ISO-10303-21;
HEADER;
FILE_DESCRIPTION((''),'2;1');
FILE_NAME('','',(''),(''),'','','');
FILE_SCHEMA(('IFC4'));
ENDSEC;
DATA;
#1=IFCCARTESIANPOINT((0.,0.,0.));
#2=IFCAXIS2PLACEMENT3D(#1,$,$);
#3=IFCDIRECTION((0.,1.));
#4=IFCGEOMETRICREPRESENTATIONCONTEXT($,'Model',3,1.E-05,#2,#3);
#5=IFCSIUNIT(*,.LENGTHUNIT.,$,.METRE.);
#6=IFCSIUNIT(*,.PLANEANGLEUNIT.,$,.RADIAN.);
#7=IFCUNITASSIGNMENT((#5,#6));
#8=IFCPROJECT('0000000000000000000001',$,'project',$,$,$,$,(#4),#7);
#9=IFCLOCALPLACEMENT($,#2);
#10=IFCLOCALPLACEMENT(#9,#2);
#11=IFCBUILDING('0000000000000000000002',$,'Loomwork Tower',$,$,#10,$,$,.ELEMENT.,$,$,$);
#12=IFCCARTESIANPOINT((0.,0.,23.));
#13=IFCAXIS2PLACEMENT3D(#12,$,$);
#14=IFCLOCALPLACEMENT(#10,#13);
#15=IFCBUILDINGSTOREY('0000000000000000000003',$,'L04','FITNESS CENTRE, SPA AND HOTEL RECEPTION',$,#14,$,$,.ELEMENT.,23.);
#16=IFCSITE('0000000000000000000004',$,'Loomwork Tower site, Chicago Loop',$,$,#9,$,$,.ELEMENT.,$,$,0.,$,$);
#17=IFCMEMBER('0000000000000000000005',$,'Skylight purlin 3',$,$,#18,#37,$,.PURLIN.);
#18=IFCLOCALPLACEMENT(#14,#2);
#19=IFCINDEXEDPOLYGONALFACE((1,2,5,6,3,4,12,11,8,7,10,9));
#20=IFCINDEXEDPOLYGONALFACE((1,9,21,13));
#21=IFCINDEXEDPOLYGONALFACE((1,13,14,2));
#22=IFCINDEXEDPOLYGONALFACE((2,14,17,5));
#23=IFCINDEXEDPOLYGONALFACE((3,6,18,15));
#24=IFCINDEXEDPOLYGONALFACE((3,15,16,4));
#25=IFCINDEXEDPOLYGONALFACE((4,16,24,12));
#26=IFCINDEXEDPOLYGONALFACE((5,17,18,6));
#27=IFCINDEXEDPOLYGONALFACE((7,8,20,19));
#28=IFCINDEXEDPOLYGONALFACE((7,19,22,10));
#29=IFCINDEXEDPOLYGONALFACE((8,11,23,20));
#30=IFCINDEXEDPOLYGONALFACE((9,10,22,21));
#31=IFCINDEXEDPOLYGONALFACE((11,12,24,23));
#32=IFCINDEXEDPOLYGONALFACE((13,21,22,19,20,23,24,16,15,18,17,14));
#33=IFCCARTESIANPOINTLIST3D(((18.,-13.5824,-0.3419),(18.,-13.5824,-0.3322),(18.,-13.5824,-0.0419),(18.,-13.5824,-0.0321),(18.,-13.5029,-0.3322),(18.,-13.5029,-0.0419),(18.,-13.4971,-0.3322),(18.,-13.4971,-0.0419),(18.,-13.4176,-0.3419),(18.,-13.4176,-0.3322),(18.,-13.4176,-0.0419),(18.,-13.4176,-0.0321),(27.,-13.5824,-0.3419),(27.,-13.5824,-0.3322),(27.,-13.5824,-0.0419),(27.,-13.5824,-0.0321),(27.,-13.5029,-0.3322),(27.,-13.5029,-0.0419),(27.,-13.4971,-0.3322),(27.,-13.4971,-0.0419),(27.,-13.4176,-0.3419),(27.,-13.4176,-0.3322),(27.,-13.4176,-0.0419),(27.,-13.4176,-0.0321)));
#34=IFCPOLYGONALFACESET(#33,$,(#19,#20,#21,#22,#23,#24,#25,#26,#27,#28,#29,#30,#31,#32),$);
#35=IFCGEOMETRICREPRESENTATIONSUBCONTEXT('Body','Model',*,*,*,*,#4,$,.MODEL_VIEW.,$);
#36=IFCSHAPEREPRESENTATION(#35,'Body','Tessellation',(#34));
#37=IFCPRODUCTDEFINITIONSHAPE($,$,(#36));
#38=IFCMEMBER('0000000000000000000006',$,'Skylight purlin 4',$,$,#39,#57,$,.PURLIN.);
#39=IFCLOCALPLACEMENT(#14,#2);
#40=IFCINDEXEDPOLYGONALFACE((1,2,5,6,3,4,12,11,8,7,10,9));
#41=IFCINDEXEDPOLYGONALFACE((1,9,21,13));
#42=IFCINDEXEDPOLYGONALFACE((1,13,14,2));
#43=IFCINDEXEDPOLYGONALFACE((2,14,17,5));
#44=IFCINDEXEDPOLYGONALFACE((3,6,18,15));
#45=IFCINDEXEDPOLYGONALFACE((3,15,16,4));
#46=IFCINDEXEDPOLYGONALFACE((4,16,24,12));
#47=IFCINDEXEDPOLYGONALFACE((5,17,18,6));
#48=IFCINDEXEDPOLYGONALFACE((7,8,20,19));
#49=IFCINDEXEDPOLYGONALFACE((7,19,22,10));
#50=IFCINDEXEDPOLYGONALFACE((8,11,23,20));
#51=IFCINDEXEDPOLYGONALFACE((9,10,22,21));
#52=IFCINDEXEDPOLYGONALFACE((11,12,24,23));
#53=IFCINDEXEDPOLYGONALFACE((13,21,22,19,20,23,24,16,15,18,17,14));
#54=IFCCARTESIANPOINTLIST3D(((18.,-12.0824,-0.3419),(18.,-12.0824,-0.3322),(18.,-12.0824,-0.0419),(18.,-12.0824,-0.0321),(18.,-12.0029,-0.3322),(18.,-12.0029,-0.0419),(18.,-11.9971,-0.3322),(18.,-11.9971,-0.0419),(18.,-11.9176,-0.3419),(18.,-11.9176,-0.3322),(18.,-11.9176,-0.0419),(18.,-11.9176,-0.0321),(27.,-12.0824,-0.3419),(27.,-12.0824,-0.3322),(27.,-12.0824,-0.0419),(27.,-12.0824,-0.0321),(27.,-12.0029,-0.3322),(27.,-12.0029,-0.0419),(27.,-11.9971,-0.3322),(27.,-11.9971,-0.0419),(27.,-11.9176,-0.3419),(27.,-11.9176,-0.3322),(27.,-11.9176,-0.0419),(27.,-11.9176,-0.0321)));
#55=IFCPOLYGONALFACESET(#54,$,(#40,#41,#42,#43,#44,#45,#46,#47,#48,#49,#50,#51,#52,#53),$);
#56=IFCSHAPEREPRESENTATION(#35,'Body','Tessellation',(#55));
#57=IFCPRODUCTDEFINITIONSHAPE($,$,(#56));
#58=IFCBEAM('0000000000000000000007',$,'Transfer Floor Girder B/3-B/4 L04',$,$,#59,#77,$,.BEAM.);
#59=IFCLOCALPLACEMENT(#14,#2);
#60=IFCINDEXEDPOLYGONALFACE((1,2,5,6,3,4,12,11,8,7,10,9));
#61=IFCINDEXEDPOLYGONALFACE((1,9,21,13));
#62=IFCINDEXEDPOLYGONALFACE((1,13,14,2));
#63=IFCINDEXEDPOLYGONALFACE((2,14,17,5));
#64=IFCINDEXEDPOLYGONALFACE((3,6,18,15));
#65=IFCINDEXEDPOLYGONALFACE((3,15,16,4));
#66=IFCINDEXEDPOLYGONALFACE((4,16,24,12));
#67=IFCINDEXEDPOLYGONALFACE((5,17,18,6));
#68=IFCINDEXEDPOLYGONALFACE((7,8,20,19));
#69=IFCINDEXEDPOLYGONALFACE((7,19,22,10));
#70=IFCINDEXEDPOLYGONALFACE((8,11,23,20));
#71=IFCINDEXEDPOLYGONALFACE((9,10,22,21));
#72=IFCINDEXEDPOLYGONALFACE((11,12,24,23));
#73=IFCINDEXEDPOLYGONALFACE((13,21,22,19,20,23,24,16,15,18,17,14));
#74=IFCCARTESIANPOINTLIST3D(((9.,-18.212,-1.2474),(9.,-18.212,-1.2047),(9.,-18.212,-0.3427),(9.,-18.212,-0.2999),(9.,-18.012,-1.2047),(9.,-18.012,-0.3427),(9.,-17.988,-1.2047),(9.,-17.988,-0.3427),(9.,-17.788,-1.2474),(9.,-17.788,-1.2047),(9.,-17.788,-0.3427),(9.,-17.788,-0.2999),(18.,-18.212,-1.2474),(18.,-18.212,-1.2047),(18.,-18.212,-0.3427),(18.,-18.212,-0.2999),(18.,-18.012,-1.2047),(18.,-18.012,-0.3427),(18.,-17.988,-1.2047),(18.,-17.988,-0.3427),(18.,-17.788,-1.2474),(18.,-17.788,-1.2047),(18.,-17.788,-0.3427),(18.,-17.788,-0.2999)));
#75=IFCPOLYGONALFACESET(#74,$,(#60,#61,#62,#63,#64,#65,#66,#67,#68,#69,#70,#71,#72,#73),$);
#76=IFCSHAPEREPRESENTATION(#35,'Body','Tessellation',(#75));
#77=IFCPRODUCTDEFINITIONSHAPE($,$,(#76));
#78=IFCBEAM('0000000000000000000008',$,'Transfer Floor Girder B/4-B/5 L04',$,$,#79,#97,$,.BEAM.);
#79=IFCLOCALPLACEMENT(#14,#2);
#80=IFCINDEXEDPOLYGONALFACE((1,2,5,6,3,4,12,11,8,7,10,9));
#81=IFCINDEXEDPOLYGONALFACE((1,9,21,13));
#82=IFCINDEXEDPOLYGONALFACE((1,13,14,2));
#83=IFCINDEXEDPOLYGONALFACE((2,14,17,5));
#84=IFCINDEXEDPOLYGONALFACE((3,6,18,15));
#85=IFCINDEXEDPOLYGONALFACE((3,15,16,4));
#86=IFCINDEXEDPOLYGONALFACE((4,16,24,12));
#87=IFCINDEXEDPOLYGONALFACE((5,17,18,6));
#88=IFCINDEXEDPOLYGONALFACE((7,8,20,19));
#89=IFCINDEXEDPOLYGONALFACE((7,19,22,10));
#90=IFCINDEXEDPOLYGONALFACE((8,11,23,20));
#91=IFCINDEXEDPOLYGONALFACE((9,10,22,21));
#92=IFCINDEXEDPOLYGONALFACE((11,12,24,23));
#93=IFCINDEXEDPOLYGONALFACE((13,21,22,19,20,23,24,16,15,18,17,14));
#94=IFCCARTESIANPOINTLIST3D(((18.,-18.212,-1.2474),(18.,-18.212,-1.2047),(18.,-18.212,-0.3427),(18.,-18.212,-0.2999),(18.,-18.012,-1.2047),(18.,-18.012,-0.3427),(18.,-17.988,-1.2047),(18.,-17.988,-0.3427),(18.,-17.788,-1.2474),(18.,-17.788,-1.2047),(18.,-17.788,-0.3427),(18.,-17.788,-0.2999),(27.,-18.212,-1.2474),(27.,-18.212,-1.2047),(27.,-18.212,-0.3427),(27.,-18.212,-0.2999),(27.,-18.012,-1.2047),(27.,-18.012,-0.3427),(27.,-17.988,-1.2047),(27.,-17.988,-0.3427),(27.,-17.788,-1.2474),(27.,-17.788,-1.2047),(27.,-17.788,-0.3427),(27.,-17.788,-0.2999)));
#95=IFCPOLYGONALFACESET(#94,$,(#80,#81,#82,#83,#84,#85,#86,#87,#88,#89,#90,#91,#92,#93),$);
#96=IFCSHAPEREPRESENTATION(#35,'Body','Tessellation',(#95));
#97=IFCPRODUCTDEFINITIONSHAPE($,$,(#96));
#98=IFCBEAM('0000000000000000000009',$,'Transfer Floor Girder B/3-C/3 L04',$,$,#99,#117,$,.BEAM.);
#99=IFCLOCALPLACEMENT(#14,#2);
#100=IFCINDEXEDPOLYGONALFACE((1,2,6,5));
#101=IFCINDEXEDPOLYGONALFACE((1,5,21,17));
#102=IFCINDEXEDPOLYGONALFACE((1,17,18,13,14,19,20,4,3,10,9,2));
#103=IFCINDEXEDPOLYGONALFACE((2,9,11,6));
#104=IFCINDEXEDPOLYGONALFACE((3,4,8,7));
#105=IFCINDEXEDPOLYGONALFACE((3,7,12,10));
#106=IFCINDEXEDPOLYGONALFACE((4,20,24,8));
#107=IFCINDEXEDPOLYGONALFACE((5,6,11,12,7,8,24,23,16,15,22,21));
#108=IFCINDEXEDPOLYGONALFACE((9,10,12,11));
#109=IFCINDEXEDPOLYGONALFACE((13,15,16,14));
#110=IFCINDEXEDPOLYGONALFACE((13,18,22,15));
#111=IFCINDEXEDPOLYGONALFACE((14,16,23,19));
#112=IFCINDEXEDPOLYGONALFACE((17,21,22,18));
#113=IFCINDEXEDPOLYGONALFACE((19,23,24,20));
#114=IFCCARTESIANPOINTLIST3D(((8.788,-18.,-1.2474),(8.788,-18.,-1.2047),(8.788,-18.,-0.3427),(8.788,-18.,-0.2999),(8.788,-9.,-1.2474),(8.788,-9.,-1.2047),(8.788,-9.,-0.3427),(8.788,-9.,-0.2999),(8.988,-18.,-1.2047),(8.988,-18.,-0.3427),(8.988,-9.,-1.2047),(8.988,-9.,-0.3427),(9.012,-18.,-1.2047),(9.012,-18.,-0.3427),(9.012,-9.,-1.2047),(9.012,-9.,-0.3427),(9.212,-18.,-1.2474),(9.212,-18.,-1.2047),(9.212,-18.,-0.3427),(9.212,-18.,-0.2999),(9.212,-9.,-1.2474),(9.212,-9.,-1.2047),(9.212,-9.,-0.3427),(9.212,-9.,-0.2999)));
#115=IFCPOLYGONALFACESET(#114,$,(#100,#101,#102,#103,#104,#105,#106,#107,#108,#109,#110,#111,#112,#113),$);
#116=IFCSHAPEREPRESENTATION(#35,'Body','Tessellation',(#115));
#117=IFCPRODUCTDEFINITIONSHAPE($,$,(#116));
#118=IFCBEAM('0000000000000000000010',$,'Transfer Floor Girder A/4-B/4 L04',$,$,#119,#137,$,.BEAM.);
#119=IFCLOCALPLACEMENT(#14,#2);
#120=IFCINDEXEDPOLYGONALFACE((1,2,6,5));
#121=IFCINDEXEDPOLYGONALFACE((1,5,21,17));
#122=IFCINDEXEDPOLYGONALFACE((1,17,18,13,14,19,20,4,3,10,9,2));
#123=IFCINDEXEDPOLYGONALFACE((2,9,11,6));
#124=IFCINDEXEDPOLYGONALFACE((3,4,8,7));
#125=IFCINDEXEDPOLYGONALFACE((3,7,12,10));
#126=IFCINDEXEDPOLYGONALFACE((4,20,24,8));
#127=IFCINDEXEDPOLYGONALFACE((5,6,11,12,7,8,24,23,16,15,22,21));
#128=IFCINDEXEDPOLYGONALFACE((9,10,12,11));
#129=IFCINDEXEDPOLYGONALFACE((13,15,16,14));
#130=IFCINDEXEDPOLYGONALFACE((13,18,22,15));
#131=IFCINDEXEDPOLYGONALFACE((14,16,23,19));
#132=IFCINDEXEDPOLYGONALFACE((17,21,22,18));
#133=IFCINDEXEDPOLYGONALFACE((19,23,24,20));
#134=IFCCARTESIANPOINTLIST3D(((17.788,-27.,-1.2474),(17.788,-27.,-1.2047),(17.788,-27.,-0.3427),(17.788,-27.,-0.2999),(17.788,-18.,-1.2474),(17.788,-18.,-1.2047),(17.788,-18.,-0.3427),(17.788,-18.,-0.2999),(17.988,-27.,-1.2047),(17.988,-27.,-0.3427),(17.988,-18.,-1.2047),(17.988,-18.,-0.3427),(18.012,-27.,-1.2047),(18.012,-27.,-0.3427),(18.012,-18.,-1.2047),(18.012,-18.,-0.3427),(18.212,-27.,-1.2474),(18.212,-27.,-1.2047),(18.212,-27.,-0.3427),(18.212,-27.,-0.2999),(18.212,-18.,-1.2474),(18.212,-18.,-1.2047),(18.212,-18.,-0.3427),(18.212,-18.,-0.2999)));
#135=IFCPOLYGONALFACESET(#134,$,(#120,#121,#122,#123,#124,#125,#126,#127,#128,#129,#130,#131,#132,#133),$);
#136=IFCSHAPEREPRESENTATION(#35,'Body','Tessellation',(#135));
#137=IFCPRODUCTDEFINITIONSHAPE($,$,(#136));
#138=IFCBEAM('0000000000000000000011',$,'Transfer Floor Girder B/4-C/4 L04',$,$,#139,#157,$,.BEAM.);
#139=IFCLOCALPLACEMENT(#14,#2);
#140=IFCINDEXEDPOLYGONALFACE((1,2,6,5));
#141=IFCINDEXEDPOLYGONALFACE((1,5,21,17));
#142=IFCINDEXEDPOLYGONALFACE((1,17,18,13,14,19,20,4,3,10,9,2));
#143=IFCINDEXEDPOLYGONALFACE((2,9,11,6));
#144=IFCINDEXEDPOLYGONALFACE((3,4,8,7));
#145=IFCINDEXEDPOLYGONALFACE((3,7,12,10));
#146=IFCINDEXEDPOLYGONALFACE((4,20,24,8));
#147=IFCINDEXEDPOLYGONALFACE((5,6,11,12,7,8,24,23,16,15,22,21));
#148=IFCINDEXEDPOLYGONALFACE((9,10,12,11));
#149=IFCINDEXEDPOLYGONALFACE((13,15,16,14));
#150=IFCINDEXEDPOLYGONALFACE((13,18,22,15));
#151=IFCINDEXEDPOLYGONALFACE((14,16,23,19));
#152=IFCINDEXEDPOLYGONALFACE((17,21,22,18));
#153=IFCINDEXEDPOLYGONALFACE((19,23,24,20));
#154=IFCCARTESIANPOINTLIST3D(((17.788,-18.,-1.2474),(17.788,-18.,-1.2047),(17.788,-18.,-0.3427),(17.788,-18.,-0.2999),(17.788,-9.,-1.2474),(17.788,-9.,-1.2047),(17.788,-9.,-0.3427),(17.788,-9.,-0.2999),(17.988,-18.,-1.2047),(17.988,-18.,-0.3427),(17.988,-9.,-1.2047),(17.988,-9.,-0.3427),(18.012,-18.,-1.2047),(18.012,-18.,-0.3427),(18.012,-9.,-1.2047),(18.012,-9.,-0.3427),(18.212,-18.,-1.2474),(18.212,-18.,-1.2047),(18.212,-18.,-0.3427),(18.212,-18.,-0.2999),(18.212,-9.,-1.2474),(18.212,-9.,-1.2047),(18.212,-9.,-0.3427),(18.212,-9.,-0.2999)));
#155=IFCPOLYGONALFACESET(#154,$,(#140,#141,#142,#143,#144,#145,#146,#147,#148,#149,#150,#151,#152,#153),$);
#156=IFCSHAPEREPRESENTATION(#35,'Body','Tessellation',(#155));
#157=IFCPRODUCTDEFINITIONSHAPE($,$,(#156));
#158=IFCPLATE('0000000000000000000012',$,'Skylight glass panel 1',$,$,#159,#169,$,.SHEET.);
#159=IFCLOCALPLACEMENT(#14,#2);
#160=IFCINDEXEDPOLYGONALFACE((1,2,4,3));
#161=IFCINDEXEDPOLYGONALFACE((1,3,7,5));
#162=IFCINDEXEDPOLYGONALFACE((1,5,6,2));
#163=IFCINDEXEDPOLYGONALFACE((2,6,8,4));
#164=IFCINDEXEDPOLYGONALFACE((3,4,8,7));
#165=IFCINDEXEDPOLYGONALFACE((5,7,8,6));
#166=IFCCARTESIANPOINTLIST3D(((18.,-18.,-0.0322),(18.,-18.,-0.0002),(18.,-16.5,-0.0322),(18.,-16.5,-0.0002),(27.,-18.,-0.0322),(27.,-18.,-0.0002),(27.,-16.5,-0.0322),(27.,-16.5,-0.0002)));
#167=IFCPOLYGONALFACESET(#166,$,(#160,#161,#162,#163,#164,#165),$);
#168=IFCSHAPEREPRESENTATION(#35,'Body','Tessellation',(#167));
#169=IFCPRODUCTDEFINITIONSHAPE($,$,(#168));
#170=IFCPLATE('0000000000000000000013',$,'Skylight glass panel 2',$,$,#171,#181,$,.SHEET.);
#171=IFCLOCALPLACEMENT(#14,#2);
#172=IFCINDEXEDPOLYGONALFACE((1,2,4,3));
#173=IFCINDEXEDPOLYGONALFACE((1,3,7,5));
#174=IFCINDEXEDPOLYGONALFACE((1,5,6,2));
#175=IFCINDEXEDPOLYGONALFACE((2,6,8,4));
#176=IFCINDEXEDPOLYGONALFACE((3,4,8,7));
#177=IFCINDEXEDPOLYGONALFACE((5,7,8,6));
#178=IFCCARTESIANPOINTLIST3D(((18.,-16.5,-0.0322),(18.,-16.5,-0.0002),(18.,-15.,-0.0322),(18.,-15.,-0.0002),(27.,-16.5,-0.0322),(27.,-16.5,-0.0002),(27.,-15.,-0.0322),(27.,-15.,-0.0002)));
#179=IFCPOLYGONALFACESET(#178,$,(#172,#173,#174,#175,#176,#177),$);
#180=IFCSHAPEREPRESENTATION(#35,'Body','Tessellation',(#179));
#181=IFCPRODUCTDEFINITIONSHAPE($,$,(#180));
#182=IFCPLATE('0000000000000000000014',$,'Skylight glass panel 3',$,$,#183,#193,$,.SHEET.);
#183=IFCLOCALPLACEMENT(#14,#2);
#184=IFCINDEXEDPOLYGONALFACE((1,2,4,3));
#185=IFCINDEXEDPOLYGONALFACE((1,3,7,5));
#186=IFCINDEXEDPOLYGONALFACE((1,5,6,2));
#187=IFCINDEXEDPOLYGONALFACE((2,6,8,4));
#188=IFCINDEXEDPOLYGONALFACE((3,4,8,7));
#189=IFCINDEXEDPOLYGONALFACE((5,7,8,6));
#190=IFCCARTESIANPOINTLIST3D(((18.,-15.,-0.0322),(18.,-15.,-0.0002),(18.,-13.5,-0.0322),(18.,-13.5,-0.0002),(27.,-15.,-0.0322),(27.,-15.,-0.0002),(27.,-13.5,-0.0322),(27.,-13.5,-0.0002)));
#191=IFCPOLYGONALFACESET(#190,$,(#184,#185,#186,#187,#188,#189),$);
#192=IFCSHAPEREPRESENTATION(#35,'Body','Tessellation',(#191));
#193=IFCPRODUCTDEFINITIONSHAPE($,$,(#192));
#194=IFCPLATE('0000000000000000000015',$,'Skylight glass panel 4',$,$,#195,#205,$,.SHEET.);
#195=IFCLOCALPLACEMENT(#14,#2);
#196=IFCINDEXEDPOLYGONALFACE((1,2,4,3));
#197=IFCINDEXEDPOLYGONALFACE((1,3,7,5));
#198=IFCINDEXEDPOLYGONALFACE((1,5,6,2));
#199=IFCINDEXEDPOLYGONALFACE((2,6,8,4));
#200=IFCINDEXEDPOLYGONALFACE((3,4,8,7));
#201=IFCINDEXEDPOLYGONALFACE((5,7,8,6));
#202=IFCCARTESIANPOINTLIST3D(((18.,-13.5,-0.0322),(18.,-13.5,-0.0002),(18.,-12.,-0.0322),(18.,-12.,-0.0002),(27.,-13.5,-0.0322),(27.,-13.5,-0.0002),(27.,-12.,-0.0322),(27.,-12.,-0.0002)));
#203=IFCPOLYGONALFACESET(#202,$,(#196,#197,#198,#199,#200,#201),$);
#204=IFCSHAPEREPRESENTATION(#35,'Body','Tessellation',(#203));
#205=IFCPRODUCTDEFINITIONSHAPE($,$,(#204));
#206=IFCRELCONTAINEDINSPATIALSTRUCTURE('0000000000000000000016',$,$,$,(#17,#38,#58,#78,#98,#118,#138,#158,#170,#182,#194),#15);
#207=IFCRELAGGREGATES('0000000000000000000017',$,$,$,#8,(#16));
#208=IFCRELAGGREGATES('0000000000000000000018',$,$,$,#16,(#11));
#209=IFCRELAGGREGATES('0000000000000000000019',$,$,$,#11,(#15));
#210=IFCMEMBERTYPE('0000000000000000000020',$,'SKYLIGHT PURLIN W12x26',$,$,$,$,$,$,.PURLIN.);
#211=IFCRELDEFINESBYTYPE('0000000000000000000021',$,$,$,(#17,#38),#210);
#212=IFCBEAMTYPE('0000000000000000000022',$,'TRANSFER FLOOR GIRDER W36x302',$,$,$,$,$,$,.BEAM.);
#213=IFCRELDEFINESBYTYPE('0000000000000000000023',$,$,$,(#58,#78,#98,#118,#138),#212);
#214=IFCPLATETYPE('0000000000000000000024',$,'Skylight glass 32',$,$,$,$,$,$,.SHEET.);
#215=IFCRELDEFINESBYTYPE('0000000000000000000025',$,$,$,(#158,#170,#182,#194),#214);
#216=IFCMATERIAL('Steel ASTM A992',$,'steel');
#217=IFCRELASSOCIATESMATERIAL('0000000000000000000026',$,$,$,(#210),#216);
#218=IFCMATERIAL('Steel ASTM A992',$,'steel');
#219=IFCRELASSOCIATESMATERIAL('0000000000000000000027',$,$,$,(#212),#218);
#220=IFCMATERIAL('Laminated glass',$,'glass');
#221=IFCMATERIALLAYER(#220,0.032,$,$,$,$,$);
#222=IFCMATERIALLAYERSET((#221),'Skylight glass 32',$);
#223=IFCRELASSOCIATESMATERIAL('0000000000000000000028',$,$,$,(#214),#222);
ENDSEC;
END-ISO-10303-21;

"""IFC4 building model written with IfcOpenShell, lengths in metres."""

from ifc_helpers import new_model, si_unit, direction, frame, origin, origin_2d, place, context, subcontext, project, spatial, rectangle, i_section, extrude, material, layer, layer_set, material_profile, profile_set, type_object, element, save


model = new_model("IFC4")

# Units and contexts
model_context = context("Model", 3, precision=1e-05, world=origin(), true_north=direction((0.0, 1.0)))
body_context = subcontext(model_context, "Body", "Model", "MODEL_VIEW")
ifc_project = project(units=[si_unit("LENGTHUNIT", "METRE"), si_unit("PLANEANGLEUNIT", "RADIAN")], contexts=[model_context])

# Site, building, storey
site_placement = place(None, origin())
site = spatial("IfcSite", under=ifc_project, at=site_placement, Name="Loomwork Tower site, Chicago Loop", CompositionType="ELEMENT", RefElevation=0.0)
building_placement = place(site_placement, origin())
building = spatial("IfcBuilding", under=site, at=building_placement, Name="Loomwork Tower", CompositionType="ELEMENT")
storey_placement = place(building_placement, frame((0.0, 0.0, 23.0)))
storey = spatial("IfcBuildingStorey", under=building, at=storey_placement, Name="L04", Description="FITNESS CENTRE, SPA AND HOTEL RECEPTION", CompositionType="ELEMENT", Elevation=23.0)

# Members
ifc_material_1 = material(Name="Steel ASTM A992", Category="steel")
ifc_material_profile_1 = material_profile(ifc_material_1, i_section(OverallWidth=0.1648, OverallDepth=0.3098, WebThickness=0.0059, FlangeThickness=0.0098, at=origin_2d()), Name="W12x26")
ifc_profile_set_1 = profile_set([ifc_material_profile_1], Name="Steel ASTM A992")
member_type = type_object("IfcMemberType", Name="SKYLIGHT PURLIN W12x26", PredefinedType="PURLIN", material=ifc_profile_set_1)
for number, where, z_axis, x_axis, name in (
    (1, (18.0, -13.5, -0.187), (1.0, 0.0, 0.0), (0.0, 1.0, 0.0), "Skylight purlin 3"),
    (2, (18.0, -12.0, -0.187), (1.0, 0.0, 0.0), (0.0, 1.0, 0.0), "Skylight purlin 4"),
):
    element("IfcMember", number, at=place(storey_placement, frame(where, z_axis=z_axis, x_axis=x_axis)), inside=storey, type_object=member_type, Name=name, PredefinedType="PURLIN", context=body_context, shape_type="SweptSolid", body=[
        extrude(i_section(OverallWidth=0.1648, OverallDepth=0.3098, WebThickness=0.0059, FlangeThickness=0.0098, at=origin_2d()), origin(), (0.0, 0.0, 1.0), 9.0),
    ])

# Beams
ifc_material_2 = material(Name="Steel ASTM A992", Category="steel")
ifc_material_profile_2 = material_profile(ifc_material_2, i_section(OverallWidth=0.4241, OverallDepth=0.9475, WebThickness=0.0239, FlangeThickness=0.0427, at=origin_2d()), Name="W36x302")
ifc_profile_set_2 = profile_set([ifc_material_profile_2], Name="Steel ASTM A992")
beam_type_1 = type_object("IfcBeamType", Name="TRANSFER FLOOR GIRDER W36x302", PredefinedType="BEAM", material=ifc_profile_set_2)
for number, where, z_axis, x_axis, name in (
    (3, (9.0, -18.0, -0.7737), (1.0, 0.0, 0.0), (0.0, 1.0, 0.0), "Transfer Floor Girder B/3-B/4 L04"),
    (4, (18.0, -18.0, -0.7737), (1.0, 0.0, 0.0), (0.0, 1.0, 0.0), "Transfer Floor Girder B/4-B/5 L04"),
    (5, (9.0, -18.0, -0.7737), (0.0, 1.0, 0.0), (-1.0, 0.0, 0.0), "Transfer Floor Girder B/3-C/3 L04"),
    (6, (18.0, -27.0, -0.7737), (0.0, 1.0, 0.0), (-1.0, 0.0, 0.0), "Transfer Floor Girder A/4-B/4 L04"),
    (7, (18.0, -18.0, -0.7737), (0.0, 1.0, 0.0), (-1.0, 0.0, 0.0), "Transfer Floor Girder B/4-C/4 L04"),
):
    element("IfcBeam", number, at=place(storey_placement, frame(where, z_axis=z_axis, x_axis=x_axis)), inside=storey, type_object=beam_type_1, Name=name, PredefinedType="BEAM", context=body_context, shape_type="SweptSolid", body=[
        extrude(i_section(OverallWidth=0.4241, OverallDepth=0.9475, WebThickness=0.0239, FlangeThickness=0.0427, at=origin_2d()), origin(), (0.0, 0.0, 1.0), 9.0),
    ])

# Plates
ifc_material_3 = material(Name="Laminated glass", Category="glass")
ifc_layer = layer(ifc_material_3, 0.032)
ifc_layer_set = layer_set([ifc_layer], Name="Skylight glass 32")
plate_type = type_object("IfcPlateType", Name="Skylight glass 32", PredefinedType="SHEET", material=ifc_layer_set)
for number, where, z_axis, x_axis, name in (
    (8, (22.5, -17.25, -0.0322), (0.0, 0.0, 1.0), (1.0, 0.0, 0.0), "Skylight glass panel 1"),
    (9, (22.5, -15.75, -0.0322), (0.0, 0.0, 1.0), (1.0, 0.0, 0.0), "Skylight glass panel 2"),
    (10, (22.5, -14.25, -0.0322), (0.0, 0.0, 1.0), (1.0, 0.0, 0.0), "Skylight glass panel 3"),
    (11, (22.5, -12.75, -0.0322), (0.0, 0.0, 1.0), (1.0, 0.0, 0.0), "Skylight glass panel 4"),
):
    element("IfcPlate", number, at=place(storey_placement, frame(where, z_axis=z_axis, x_axis=x_axis)), inside=storey, type_object=plate_type, Name=name, PredefinedType="SHEET", context=body_context, shape_type="SweptSolid", body=[
        extrude(rectangle(XDim=9.0, YDim=1.5, at=origin_2d()), origin(), (0.0, 0.0, 1.0), 0.032),
    ])

save(model, "model.ifc")
